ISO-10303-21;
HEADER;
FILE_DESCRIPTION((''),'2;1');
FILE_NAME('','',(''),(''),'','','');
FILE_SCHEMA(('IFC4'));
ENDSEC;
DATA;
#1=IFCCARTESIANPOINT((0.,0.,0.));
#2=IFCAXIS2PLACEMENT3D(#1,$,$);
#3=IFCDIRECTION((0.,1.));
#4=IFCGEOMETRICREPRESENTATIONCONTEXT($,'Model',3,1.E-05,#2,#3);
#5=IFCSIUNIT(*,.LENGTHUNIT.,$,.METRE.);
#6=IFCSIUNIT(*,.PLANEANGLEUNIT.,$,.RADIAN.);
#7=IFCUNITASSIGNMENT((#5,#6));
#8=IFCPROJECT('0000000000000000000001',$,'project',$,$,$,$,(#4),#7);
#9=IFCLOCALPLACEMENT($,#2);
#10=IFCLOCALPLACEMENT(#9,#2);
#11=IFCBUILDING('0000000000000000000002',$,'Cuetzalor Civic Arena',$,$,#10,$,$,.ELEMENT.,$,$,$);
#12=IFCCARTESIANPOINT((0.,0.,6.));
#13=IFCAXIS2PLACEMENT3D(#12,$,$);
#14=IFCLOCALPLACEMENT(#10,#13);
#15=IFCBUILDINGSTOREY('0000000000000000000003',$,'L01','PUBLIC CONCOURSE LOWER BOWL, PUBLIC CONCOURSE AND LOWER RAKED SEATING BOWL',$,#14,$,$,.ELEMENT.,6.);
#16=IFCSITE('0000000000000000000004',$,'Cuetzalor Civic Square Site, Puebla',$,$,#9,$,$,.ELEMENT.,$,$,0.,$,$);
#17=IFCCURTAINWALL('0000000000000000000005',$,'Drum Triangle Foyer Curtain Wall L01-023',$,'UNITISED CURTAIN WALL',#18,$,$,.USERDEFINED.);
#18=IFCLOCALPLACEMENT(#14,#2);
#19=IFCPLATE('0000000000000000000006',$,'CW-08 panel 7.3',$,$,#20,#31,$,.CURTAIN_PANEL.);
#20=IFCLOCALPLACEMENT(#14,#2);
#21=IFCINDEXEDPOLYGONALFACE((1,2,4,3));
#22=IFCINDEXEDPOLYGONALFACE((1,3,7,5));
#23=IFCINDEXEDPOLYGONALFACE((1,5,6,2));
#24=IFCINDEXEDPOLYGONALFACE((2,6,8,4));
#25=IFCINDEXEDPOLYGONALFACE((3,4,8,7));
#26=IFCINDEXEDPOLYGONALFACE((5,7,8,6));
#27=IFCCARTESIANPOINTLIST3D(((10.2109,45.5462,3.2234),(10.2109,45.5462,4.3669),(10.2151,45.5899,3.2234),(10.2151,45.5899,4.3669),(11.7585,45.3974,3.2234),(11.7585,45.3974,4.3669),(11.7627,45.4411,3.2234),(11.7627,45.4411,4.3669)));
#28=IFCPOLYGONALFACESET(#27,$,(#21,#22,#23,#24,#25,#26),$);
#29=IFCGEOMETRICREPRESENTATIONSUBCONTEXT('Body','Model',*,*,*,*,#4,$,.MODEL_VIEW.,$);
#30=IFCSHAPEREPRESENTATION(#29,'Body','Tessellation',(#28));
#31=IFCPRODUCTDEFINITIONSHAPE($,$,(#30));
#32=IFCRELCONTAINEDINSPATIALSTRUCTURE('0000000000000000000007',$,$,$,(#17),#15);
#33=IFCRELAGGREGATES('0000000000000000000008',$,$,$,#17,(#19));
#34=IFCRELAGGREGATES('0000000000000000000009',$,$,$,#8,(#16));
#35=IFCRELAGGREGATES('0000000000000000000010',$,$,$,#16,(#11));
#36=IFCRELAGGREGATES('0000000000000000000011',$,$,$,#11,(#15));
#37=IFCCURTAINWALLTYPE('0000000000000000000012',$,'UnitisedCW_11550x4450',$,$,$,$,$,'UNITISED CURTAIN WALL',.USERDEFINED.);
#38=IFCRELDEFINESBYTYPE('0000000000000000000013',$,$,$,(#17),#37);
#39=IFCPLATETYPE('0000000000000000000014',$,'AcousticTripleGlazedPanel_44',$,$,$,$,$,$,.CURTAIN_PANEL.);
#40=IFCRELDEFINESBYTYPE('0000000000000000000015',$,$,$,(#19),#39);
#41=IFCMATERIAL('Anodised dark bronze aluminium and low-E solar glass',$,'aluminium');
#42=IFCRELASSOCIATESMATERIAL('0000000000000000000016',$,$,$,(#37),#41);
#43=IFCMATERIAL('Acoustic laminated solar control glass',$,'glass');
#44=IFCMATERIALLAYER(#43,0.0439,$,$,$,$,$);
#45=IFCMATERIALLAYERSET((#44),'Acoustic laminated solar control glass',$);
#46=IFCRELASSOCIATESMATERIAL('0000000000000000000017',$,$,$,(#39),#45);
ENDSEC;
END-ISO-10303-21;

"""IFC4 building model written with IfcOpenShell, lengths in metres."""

from ifc_helpers import new_model, si_unit, direction, frame, origin, origin_2d, place, context, subcontext, project, spatial, rectangle, extrude, material, layer, layer_set, type_object, element, aggregate, save


model = new_model("IFC4")

# Units and contexts
model_context = context("Model", 3, precision=1e-05, world=origin(), true_north=direction((0.0, 1.0)))
body_context = subcontext(model_context, "Body", "Model", "MODEL_VIEW")
ifc_project = project(units=[si_unit("LENGTHUNIT", "METRE"), si_unit("PLANEANGLEUNIT", "RADIAN")], contexts=[model_context])

# Site, building, storey
site_placement = place(None, origin())
site = spatial("IfcSite", under=ifc_project, at=site_placement, Name="Cuetzalor Civic Square Site, Puebla", CompositionType="ELEMENT", RefElevation=0.0)
building_placement = place(site_placement, origin())
building = spatial("IfcBuilding", under=site, at=building_placement, Name="Cuetzalor Civic Arena", CompositionType="ELEMENT")
storey_placement = place(building_placement, frame((0.0, 0.0, 6.0)))
storey = spatial("IfcBuildingStorey", under=building, at=storey_placement, Name="L01", Description="PUBLIC CONCOURSE LOWER BOWL, PUBLIC CONCOURSE AND LOWER RAKED SEATING BOWL", CompositionType="ELEMENT", Elevation=6.0)

# Curtain wall
ifc_material_1 = material(Name="Anodised dark bronze aluminium and low-E solar glass", Category="aluminium")
curtain_wall_type = type_object("IfcCurtainWallType", Name="UnitisedCW_11550x4450", ElementType="UNITISED CURTAIN WALL", PredefinedType="USERDEFINED", material=ifc_material_1)
curtain_wall_placement = place(storey_placement, origin())
curtain_wall = element("IfcCurtainWall", 1, at=curtain_wall_placement, inside=storey, type_object=curtain_wall_type, Name="Drum Triangle Foyer Curtain Wall L01-023", ObjectType="UNITISED CURTAIN WALL", PredefinedType="USERDEFINED")

# Plate
ifc_material_2 = material(Name="Acoustic laminated solar control glass", Category="glass")
ifc_layer = layer(ifc_material_2, 0.0439)
ifc_layer_set = layer_set([ifc_layer], Name="Acoustic laminated solar control glass")
plate_type = type_object("IfcPlateType", Name="AcousticTripleGlazedPanel_44", PredefinedType="CURTAIN_PANEL", material=ifc_layer_set)
plate_1_placement = place(storey_placement, frame((10.9868, 45.4937, 3.2234), z_axis=(0.0, 0.0, 1.0), x_axis=(0.995409, -0.095711, 0.0)))
plate_1 = element("IfcPlate", 2, at=plate_1_placement, type_object=plate_type, Name="CW-08 panel 7.3", PredefinedType="CURTAIN_PANEL", context=body_context, shape_type="SweptSolid", body=[
    extrude(rectangle(XDim=1.5547, YDim=0.0439, at=origin_2d()), origin(), (0.0, 0.0, 1.0), 1.1436),
])
aggregate(curtain_wall, [plate_1])

save(model, "model.ifc")
